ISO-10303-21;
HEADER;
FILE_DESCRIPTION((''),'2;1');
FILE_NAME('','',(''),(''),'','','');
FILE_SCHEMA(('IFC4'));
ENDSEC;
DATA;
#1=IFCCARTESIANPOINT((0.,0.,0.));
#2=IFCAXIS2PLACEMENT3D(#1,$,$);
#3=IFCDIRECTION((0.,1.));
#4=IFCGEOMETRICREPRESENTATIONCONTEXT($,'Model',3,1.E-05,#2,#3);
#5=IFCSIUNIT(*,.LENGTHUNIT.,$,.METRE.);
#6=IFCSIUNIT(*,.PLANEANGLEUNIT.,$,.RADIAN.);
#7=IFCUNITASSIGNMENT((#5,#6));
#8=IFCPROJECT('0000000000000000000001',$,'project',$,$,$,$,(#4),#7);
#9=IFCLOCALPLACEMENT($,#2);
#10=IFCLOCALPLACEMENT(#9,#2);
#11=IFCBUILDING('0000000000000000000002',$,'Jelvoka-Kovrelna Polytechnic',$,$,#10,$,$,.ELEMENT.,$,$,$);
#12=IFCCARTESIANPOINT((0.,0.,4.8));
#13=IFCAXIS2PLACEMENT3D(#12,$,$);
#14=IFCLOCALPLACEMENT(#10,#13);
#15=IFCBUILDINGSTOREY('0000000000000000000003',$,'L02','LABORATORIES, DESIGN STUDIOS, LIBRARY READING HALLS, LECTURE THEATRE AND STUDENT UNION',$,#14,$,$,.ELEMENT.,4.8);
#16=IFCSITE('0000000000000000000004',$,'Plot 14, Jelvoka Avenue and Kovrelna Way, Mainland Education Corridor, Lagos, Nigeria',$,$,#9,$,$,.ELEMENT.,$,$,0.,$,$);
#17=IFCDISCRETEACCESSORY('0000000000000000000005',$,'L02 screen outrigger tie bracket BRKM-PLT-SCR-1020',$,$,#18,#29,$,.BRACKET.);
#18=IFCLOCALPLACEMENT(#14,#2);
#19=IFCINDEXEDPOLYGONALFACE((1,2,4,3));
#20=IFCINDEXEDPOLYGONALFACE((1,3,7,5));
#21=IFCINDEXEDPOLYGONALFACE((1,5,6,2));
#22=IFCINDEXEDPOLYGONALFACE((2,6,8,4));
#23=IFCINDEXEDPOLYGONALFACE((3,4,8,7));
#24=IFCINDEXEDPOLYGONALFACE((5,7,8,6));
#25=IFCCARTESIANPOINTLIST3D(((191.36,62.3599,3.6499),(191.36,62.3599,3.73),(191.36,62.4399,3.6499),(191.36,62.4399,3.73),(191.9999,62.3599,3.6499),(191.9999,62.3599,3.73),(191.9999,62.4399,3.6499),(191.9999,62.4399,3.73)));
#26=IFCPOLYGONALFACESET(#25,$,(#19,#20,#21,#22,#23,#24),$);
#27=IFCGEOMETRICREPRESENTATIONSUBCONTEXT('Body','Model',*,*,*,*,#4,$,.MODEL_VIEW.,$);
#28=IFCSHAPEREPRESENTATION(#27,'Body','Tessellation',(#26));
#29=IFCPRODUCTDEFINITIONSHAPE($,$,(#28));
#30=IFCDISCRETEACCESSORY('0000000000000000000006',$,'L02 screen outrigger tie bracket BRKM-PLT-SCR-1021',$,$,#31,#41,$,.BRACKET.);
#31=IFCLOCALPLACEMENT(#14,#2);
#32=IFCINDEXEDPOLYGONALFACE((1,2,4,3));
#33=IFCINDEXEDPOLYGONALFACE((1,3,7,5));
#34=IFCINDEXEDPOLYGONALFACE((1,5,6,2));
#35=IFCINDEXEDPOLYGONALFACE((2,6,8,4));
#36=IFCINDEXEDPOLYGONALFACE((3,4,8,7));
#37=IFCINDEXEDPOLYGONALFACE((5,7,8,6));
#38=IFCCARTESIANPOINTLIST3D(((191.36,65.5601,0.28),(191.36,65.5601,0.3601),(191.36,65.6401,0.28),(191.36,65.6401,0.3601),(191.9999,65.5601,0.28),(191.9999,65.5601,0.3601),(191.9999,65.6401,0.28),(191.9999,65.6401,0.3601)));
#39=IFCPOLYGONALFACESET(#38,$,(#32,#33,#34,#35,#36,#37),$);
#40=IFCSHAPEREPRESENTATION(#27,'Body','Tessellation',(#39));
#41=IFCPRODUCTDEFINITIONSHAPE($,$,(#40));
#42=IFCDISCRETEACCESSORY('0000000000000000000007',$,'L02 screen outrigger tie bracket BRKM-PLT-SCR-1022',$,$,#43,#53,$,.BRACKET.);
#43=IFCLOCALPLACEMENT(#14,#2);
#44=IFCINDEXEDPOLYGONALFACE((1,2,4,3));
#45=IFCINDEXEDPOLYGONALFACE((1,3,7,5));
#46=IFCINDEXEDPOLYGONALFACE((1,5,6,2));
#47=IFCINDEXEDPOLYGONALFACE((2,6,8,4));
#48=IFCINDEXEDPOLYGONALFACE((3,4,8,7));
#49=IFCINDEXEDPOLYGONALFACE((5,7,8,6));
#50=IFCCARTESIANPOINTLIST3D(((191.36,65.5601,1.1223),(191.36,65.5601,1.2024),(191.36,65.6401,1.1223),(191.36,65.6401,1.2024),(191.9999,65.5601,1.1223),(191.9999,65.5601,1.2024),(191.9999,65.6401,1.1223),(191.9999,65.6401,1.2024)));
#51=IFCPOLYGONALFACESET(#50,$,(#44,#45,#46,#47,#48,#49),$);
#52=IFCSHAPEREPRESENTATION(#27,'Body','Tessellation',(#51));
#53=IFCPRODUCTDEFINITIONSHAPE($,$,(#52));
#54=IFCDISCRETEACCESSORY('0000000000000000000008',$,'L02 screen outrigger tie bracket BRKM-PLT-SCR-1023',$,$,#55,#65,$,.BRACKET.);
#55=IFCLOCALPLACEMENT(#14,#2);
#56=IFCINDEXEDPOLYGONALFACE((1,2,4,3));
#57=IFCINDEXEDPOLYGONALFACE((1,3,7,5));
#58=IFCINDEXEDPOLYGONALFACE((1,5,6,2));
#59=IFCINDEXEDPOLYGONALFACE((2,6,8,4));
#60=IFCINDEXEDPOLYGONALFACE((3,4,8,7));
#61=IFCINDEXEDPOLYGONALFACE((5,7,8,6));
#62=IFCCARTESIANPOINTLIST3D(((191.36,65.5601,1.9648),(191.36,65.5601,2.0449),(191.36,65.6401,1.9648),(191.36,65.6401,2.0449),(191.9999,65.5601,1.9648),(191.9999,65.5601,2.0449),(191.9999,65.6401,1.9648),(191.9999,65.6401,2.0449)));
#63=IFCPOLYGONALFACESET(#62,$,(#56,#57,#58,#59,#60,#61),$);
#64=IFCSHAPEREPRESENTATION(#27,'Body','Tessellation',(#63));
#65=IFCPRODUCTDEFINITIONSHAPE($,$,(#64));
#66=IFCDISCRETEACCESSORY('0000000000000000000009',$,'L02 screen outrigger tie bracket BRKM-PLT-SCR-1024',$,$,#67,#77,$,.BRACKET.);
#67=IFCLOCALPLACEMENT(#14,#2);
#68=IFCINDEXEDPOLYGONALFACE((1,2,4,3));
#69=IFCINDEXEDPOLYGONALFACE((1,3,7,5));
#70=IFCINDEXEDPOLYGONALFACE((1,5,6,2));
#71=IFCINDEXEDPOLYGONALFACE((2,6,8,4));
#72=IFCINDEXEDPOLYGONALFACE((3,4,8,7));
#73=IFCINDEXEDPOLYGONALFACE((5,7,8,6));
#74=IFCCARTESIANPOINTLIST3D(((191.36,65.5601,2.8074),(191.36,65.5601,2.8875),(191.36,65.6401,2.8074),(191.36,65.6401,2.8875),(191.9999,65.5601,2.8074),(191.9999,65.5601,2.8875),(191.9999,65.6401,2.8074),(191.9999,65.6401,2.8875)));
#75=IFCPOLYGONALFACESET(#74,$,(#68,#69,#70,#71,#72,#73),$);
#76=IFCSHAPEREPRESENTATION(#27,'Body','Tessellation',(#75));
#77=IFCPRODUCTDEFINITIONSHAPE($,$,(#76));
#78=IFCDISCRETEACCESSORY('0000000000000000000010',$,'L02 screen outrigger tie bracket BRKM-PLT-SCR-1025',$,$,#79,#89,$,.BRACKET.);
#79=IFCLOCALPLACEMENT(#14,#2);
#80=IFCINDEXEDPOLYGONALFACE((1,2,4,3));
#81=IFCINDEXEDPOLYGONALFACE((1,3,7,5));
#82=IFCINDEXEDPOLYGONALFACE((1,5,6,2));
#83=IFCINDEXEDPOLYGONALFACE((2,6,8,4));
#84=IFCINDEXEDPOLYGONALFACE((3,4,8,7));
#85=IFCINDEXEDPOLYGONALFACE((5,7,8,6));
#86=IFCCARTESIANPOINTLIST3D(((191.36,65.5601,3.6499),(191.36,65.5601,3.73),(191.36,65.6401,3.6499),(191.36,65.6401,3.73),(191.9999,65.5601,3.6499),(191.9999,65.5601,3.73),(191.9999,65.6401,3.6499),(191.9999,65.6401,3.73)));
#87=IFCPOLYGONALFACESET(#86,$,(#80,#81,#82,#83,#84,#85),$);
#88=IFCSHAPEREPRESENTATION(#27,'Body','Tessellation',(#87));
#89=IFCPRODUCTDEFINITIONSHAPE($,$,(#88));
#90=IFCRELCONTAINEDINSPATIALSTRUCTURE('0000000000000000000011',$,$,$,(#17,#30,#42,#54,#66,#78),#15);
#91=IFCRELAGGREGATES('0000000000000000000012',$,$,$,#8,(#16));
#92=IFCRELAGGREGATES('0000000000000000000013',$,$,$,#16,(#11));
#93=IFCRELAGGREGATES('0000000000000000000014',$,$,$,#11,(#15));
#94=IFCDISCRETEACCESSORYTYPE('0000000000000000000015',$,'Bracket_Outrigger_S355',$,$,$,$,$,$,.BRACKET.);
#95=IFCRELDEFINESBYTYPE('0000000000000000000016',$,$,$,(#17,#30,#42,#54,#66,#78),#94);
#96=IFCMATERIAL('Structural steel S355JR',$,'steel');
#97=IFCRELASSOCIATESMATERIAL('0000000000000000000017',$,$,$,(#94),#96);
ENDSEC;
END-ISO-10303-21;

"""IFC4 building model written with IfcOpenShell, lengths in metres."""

from ifc_helpers import new_model, si_unit, direction, frame, origin, origin_2d, place, context, subcontext, project, spatial, rectangle, extrude, material, type_object, element, save


model = new_model("IFC4")

# Units and contexts
model_context = context("Model", 3, precision=1e-05, world=origin(), true_north=direction((0.0, 1.0)))
body_context = subcontext(model_context, "Body", "Model", "MODEL_VIEW")
ifc_project = project(units=[si_unit("LENGTHUNIT", "METRE"), si_unit("PLANEANGLEUNIT", "RADIAN")], contexts=[model_context])

# Site, building, storey
site_placement = place(None, origin())
site = spatial("IfcSite", under=ifc_project, at=site_placement, Name="Plot 14, Jelvoka Avenue and Kovrelna Way, Mainland Education Corridor, Lagos, Nigeria", CompositionType="ELEMENT", RefElevation=0.0)
building_placement = place(site_placement, origin())
building = spatial("IfcBuilding", under=site, at=building_placement, Name="Jelvoka-Kovrelna Polytechnic", CompositionType="ELEMENT")
storey_placement = place(building_placement, frame((0.0, 0.0, 4.8)))
storey = spatial("IfcBuildingStorey", under=building, at=storey_placement, Name="L02", Description="LABORATORIES, DESIGN STUDIOS, LIBRARY READING HALLS, LECTURE THEATRE AND STUDENT UNION", CompositionType="ELEMENT", Elevation=4.8)

# Discrete accessories
ifc_material_1 = material(Name="Structural steel S355JR", Category="steel")
discrete_accessory_type = type_object("IfcDiscreteAccessoryType", Name="Bracket_Outrigger_S355", PredefinedType="BRACKET", material=ifc_material_1)
for number, where, z_axis, x_axis, name in (
    (1, (191.6799, 62.3999, 3.6499), (0.0, 0.0, 1.0), (1.0, 0.0, 0.0), "L02 screen outrigger tie bracket BRKM-PLT-SCR-1020"),
    (2, (191.6799, 65.6001, 0.28), (0.0, 0.0, 1.0), (1.0, 0.0, 0.0), "L02 screen outrigger tie bracket BRKM-PLT-SCR-1021"),
    (3, (191.6799, 65.6001, 1.1223), (0.0, 0.0, 1.0), (1.0, 0.0, 0.0), "L02 screen outrigger tie bracket BRKM-PLT-SCR-1022"),
    (4, (191.6799, 65.6001, 1.9648), (0.0, 0.0, 1.0), (1.0, 0.0, 0.0), "L02 screen outrigger tie bracket BRKM-PLT-SCR-1023"),
    (5, (191.6799, 65.6001, 2.8074), (0.0, 0.0, 1.0), (1.0, 0.0, 0.0), "L02 screen outrigger tie bracket BRKM-PLT-SCR-1024"),
    (6, (191.6799, 65.6001, 3.6499), (0.0, 0.0, 1.0), (1.0, 0.0, 0.0), "L02 screen outrigger tie bracket BRKM-PLT-SCR-1025"),
):
    element("IfcDiscreteAccessory", number, at=place(storey_placement, frame(where, z_axis=z_axis, x_axis=x_axis)), inside=storey, type_object=discrete_accessory_type, Name=name, PredefinedType="BRACKET", context=body_context, shape_type="SweptSolid", body=[
        extrude(rectangle(XDim=0.6399, YDim=0.0801, at=origin_2d()), origin(), (0.0, 0.0, 1.0), 0.0801),
    ])

save(model, "model.ifc")
